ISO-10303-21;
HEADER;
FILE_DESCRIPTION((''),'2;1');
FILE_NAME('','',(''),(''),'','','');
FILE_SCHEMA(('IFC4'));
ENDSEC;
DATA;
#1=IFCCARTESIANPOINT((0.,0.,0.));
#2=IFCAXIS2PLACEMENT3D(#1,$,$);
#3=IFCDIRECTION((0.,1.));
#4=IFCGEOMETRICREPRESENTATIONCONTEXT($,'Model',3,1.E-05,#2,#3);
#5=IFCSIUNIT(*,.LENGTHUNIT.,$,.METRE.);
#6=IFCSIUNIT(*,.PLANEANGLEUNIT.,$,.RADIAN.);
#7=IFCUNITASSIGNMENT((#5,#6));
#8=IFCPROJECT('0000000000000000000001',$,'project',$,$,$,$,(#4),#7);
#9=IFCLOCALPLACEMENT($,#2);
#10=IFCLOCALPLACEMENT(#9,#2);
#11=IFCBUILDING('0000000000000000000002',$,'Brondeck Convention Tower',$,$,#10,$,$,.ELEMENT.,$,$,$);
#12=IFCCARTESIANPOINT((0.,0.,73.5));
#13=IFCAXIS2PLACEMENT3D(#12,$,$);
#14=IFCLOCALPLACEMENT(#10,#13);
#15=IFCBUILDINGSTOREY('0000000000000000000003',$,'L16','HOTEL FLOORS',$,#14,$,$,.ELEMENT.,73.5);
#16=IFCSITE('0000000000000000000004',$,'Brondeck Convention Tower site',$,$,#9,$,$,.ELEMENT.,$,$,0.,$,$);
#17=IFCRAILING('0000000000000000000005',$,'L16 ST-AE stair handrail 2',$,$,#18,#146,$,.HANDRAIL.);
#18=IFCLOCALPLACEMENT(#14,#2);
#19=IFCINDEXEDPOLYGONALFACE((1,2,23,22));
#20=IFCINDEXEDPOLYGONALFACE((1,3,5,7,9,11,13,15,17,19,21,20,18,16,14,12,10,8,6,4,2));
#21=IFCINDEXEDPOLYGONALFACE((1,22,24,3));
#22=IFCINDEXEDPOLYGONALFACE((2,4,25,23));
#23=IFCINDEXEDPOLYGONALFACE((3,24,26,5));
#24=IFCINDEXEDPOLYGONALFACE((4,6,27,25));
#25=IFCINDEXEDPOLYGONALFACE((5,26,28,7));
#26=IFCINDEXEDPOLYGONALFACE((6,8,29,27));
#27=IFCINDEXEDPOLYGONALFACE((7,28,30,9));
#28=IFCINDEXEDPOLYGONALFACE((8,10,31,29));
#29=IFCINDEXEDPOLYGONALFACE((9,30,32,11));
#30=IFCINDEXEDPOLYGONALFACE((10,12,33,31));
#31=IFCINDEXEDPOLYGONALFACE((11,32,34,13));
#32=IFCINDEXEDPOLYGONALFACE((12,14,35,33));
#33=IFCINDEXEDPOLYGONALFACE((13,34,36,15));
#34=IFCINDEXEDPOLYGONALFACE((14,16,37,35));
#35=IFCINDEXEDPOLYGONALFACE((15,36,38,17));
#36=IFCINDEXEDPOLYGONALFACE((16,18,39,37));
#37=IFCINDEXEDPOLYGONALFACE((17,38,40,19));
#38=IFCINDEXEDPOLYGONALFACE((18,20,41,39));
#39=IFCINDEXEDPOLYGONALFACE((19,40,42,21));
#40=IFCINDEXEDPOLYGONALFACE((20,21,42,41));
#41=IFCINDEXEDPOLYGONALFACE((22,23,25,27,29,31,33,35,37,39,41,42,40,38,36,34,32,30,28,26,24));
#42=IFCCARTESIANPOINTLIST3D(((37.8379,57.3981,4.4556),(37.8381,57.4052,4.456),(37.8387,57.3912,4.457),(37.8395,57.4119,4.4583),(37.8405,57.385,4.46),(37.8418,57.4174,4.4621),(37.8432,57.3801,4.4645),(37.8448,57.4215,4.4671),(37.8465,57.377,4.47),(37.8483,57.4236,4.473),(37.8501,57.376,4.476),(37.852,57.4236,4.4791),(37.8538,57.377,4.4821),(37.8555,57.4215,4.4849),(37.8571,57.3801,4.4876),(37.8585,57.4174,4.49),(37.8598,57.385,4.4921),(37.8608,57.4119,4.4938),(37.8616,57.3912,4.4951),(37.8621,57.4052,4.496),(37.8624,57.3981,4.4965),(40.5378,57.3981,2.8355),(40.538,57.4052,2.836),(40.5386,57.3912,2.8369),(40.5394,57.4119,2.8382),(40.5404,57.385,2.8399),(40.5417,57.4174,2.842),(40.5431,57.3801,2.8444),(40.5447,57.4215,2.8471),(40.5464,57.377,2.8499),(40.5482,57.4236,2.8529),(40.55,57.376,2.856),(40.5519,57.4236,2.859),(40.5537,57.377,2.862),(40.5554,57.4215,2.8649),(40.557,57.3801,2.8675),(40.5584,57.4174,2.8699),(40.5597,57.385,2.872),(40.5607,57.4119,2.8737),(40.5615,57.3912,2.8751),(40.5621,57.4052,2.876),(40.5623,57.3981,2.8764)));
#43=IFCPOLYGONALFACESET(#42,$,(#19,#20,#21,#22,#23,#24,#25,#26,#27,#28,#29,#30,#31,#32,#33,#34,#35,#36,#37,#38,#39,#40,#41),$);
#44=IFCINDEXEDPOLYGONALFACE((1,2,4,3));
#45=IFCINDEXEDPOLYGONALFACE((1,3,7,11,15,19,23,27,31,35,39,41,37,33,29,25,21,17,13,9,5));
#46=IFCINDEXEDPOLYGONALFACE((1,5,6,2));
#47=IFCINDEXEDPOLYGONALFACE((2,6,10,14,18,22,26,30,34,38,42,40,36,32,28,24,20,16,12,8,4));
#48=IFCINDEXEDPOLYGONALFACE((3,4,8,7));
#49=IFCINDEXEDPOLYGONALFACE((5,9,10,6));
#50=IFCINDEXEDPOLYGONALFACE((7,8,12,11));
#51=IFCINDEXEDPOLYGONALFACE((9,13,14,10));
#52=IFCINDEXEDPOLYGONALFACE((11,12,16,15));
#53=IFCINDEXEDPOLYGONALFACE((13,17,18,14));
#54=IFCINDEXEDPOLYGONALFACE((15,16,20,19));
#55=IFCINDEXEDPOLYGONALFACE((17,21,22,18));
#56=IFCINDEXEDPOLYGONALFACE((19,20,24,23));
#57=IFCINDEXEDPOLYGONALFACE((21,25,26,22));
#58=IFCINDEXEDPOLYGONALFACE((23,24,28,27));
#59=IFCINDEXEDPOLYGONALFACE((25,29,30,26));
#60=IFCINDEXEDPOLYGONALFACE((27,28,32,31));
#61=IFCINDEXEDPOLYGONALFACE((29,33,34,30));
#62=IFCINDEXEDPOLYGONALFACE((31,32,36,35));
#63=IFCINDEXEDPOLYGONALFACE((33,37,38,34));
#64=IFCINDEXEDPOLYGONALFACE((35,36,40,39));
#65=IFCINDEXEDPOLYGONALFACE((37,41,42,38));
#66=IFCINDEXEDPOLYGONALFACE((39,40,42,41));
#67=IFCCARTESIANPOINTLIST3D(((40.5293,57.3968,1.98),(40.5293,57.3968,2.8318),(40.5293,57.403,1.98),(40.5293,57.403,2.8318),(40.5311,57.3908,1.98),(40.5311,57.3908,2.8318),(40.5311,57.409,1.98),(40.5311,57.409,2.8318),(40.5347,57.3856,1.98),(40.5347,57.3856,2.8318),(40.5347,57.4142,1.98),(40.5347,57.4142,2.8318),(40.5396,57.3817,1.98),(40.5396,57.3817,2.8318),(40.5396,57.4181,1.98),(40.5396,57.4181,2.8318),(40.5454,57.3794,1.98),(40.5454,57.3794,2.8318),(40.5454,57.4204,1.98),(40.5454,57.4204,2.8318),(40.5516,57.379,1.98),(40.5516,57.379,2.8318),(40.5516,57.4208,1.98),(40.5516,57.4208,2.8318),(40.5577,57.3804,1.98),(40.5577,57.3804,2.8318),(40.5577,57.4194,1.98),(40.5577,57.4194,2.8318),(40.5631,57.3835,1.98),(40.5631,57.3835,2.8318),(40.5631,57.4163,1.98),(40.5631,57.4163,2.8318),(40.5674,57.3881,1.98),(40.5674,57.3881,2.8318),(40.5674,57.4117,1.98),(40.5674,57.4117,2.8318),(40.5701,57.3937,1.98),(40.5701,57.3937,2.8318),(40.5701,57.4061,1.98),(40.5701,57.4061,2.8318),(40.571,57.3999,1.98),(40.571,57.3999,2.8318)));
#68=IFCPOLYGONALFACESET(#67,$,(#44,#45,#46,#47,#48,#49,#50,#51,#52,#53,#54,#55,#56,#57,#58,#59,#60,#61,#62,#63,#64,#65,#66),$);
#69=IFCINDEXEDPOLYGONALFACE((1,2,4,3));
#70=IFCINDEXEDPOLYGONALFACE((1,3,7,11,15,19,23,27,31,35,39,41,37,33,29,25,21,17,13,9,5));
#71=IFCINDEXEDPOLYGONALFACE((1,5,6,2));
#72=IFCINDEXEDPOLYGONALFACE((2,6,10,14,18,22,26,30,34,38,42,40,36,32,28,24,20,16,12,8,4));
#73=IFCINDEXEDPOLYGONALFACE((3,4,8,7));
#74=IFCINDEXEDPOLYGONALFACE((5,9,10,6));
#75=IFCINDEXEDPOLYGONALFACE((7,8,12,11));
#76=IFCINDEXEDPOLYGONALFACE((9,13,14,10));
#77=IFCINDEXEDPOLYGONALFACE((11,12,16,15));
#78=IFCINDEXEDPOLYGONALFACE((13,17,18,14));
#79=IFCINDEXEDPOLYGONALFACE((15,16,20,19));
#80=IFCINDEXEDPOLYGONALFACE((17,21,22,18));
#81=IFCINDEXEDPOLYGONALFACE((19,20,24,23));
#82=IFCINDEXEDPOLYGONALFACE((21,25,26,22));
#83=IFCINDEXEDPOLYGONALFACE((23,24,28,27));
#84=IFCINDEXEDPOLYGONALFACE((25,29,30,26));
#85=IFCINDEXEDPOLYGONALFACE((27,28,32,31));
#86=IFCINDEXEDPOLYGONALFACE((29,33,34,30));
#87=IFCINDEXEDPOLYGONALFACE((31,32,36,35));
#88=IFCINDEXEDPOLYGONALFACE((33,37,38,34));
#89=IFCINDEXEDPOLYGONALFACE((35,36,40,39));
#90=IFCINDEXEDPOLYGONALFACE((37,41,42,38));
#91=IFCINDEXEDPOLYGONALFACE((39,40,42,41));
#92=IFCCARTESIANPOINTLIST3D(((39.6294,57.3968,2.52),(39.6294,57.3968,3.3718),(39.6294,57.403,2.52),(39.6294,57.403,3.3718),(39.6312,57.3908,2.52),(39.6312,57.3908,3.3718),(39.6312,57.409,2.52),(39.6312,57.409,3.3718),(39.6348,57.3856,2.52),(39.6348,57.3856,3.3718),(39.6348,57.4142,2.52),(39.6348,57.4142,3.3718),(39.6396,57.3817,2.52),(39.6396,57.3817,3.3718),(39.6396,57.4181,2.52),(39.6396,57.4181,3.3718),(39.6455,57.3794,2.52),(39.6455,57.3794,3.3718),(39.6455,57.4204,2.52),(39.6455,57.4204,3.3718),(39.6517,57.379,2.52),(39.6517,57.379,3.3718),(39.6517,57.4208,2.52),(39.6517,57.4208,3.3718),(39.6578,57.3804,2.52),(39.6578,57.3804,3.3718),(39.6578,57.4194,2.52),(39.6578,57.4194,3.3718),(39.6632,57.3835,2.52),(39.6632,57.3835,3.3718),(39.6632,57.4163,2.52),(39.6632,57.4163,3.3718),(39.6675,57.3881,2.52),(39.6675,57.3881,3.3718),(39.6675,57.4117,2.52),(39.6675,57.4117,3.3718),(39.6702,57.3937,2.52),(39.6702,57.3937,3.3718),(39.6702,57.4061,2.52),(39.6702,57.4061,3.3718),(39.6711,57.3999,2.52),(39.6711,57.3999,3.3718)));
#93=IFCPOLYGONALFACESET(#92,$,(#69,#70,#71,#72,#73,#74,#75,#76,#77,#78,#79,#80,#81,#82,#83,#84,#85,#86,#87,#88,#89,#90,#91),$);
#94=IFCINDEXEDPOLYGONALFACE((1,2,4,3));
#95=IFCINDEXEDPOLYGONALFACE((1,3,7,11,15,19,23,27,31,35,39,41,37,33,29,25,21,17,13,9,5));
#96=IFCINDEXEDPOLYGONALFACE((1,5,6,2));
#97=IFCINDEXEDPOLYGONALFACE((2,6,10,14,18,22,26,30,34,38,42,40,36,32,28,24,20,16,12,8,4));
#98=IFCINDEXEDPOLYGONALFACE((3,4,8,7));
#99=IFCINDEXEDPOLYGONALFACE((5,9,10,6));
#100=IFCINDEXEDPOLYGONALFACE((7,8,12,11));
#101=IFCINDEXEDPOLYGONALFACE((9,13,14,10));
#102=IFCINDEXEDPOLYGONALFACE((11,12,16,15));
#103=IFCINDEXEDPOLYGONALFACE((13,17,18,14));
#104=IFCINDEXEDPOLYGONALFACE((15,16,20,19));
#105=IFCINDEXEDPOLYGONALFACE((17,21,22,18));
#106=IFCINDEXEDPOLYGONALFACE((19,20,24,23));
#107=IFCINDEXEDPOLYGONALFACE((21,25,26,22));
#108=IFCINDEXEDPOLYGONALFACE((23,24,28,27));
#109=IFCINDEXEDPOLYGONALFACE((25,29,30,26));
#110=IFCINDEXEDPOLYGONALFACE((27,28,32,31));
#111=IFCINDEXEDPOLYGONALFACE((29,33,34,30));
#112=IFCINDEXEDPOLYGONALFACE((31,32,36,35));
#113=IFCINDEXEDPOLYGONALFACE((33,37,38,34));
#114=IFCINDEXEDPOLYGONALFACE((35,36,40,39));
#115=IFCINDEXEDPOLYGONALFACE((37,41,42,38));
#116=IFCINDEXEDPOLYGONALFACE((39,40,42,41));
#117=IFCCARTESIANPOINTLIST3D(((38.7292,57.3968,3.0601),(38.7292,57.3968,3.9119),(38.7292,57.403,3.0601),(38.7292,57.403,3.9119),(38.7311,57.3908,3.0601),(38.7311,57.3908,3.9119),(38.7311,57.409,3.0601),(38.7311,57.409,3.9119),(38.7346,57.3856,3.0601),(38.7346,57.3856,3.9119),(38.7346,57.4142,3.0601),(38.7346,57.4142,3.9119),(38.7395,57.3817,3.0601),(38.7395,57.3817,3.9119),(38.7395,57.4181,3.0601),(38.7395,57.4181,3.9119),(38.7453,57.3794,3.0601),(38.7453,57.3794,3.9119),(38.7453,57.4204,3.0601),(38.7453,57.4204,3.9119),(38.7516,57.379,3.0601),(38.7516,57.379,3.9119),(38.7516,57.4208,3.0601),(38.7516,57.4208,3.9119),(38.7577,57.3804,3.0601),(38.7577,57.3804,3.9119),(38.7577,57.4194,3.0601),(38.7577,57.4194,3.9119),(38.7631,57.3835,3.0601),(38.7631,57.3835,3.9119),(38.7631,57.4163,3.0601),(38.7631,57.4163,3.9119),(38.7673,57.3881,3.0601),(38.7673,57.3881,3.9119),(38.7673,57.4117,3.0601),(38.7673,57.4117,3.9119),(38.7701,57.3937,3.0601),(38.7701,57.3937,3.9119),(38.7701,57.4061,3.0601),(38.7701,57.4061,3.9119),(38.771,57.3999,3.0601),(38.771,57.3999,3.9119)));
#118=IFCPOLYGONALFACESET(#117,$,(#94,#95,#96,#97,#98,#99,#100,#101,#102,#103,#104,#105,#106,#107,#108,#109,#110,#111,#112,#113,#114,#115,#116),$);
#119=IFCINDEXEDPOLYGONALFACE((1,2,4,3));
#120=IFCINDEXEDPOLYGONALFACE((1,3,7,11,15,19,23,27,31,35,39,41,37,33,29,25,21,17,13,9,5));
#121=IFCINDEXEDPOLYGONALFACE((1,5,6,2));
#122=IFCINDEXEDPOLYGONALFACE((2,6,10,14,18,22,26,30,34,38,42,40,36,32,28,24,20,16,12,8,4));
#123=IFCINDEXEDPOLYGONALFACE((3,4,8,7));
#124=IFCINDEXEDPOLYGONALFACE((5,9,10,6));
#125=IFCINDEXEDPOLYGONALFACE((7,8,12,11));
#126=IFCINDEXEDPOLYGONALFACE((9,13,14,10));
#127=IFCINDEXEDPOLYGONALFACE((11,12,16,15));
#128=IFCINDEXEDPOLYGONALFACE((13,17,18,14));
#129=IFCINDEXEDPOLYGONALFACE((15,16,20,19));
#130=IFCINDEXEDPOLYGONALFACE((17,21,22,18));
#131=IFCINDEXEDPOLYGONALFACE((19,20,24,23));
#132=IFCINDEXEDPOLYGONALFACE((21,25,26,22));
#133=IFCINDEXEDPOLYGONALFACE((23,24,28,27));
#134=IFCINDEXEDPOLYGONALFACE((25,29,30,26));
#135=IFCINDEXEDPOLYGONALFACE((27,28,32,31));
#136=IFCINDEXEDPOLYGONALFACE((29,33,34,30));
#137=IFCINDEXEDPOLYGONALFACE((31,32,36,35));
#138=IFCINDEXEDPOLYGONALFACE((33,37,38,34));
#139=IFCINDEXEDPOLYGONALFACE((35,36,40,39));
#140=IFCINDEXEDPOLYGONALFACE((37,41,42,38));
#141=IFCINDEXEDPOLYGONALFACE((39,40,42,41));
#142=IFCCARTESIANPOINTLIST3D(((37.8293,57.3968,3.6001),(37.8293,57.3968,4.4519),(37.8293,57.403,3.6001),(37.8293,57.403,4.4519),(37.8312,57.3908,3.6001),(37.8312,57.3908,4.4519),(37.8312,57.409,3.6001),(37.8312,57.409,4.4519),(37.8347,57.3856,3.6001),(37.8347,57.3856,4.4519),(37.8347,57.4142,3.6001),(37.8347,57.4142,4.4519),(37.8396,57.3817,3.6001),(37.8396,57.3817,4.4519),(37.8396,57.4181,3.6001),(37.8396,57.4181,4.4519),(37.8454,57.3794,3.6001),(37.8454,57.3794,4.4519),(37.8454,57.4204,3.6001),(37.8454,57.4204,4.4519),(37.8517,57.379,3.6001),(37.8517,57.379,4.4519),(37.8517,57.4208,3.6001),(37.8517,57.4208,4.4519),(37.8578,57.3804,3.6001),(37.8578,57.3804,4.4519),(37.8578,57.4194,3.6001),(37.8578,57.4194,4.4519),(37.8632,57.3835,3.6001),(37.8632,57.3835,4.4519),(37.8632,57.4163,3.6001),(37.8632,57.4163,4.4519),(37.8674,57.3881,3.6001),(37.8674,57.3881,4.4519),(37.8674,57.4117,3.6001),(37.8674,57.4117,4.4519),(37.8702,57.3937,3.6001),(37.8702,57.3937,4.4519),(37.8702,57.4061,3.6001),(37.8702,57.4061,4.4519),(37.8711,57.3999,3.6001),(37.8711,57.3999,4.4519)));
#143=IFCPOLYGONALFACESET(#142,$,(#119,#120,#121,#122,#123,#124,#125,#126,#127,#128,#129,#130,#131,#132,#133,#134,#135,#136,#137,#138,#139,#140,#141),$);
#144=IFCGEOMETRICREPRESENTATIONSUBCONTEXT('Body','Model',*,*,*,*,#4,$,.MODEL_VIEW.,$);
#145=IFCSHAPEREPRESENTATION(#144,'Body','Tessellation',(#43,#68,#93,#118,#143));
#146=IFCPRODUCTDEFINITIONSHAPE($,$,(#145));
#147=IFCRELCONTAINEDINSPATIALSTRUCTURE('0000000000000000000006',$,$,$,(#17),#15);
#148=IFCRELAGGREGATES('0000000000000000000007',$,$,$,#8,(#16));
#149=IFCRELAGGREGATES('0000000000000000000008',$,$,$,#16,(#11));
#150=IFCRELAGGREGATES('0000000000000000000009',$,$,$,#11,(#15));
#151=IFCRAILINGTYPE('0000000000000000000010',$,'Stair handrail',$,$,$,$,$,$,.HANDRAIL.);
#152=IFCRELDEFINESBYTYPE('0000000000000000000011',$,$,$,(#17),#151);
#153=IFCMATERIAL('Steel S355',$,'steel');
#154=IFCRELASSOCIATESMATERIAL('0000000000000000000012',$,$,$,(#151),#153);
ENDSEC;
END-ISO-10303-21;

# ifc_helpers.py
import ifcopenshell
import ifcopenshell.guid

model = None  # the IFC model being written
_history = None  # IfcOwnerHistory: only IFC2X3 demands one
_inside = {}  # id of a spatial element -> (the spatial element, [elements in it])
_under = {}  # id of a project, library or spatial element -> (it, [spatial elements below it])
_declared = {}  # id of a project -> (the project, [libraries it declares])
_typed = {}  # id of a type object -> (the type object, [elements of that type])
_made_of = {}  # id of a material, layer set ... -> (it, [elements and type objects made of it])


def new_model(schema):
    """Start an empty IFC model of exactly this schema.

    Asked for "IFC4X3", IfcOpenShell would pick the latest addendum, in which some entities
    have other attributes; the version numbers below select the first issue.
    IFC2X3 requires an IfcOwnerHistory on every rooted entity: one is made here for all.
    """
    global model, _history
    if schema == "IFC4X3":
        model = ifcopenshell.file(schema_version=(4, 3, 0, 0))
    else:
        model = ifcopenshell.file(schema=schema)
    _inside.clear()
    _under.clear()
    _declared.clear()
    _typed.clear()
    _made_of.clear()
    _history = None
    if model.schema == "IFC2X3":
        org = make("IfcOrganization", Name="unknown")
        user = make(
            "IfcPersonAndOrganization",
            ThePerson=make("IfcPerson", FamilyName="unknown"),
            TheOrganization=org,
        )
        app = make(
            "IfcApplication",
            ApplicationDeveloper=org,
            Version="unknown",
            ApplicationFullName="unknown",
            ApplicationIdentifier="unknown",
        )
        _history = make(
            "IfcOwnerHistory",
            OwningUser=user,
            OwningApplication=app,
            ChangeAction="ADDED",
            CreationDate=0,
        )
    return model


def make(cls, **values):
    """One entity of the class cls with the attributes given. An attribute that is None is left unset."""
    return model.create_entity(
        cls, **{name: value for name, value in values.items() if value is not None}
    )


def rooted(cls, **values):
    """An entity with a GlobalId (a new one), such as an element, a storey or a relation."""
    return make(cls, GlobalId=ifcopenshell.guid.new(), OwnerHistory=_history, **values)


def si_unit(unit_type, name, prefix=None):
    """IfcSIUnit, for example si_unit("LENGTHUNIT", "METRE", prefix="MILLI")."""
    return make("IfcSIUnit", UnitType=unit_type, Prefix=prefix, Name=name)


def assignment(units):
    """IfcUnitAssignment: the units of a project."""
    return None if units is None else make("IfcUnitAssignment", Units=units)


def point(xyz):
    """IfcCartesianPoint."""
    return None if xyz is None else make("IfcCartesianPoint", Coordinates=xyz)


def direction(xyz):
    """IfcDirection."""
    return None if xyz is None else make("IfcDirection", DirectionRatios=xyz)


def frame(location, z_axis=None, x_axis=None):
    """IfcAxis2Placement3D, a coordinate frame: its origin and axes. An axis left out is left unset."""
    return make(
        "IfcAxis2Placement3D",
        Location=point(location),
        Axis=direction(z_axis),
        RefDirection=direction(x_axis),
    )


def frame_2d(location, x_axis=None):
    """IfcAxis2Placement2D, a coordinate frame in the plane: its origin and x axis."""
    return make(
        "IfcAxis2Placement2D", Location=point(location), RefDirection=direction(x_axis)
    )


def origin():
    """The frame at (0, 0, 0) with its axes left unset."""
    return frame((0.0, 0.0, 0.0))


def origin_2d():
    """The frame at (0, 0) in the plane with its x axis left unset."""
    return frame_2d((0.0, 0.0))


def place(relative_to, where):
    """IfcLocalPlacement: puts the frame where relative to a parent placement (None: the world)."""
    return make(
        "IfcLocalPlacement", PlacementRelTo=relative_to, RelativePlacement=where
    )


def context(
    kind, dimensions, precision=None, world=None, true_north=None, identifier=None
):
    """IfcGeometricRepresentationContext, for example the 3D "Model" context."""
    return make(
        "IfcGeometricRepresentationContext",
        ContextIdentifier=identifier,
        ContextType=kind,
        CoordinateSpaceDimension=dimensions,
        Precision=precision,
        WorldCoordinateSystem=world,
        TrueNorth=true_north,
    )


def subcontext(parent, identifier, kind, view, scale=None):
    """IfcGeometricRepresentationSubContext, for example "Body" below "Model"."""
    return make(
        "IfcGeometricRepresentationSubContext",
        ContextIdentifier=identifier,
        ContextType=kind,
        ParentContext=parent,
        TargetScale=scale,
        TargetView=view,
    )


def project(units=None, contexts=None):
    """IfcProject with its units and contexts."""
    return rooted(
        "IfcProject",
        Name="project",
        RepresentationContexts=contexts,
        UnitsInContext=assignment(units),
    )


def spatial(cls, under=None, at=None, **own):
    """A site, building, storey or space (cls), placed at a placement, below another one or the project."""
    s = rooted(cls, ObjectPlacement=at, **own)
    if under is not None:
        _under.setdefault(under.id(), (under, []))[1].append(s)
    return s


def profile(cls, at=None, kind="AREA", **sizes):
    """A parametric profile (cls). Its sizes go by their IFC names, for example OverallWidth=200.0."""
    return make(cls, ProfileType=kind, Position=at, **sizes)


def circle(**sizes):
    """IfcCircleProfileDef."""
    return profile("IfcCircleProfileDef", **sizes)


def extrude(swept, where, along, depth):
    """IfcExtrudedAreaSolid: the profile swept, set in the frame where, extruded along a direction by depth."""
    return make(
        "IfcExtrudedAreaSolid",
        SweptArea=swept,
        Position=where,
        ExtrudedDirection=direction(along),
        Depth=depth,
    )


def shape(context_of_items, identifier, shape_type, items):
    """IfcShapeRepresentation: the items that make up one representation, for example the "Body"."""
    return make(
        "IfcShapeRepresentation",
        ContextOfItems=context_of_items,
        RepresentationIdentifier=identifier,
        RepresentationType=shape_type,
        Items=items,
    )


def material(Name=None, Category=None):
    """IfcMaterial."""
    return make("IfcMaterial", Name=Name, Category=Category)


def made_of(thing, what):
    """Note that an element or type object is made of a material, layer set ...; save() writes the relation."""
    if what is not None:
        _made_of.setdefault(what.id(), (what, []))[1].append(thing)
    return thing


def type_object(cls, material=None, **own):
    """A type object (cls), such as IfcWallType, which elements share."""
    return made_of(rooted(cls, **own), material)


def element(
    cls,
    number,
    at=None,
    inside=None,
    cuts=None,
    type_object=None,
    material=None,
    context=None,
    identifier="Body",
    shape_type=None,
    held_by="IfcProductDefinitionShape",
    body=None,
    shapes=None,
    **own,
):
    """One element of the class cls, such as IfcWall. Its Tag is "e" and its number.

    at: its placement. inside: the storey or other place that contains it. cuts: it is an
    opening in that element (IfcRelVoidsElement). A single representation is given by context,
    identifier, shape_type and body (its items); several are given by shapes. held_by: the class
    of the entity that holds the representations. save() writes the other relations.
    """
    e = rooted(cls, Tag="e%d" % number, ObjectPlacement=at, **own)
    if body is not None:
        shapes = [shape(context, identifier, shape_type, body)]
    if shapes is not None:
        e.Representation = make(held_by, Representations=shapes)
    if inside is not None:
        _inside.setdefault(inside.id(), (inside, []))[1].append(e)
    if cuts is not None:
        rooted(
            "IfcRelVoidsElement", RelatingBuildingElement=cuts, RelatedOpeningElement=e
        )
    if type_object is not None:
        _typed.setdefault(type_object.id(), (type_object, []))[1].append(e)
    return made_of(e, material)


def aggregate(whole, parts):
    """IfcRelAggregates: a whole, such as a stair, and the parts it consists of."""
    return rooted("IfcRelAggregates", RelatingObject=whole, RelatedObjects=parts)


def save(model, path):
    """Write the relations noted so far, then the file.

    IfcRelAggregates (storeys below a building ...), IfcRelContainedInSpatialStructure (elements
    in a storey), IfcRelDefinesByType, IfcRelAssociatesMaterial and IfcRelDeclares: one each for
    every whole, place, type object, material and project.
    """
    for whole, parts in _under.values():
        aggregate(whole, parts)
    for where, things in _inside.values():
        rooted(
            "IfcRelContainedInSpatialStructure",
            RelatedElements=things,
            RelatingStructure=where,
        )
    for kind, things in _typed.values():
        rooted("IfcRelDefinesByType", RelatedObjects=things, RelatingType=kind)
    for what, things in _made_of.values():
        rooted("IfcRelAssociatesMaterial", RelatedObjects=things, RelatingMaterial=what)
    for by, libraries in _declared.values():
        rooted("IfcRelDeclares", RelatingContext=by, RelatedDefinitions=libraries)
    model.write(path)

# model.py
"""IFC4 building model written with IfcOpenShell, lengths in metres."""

from ifc_helpers import new_model, si_unit, direction, frame, origin, origin_2d, place, context, subcontext, project, spatial, circle, extrude, material, type_object, element, save


model = new_model("IFC4")

# Units and contexts
model_context = context("Model", 3, precision=1e-05, world=origin(), true_north=direction((0.0, 1.0)))
body_context = subcontext(model_context, "Body", "Model", "MODEL_VIEW")
ifc_project = project(units=[si_unit("LENGTHUNIT", "METRE"), si_unit("PLANEANGLEUNIT", "RADIAN")], contexts=[model_context])

# Site, building, storey
site_placement = place(None, origin())
site = spatial("IfcSite", under=ifc_project, at=site_placement, Name="Brondeck Convention Tower site", CompositionType="ELEMENT", RefElevation=0.0)
building_placement = place(site_placement, origin())
building = spatial("IfcBuilding", under=site, at=building_placement, Name="Brondeck Convention Tower", CompositionType="ELEMENT")
storey_placement = place(building_placement, frame((0.0, 0.0, 73.5)))
storey = spatial("IfcBuildingStorey", under=building, at=storey_placement, Name="L16", Description="HOTEL FLOORS", CompositionType="ELEMENT", Elevation=73.5)

# Shared definitions
ifc_material_1 = material(Name="Steel S355", Category="steel")

# Railing
railing_type_1 = type_object("IfcRailingType", Name="Stair handrail", PredefinedType="HANDRAIL", material=ifc_material_1)
railing_1_placement = place(storey_placement, frame((40.55, 57.3999, 1.98)))
element("IfcRailing", 1, at=railing_1_placement, inside=storey, type_object=railing_type_1, Name="L16 ST-AE stair handrail 2", PredefinedType="HANDRAIL", context=body_context, shape_type="SweptSolid", body=[
    extrude(circle(Radius=0.0239, at=origin_2d()), frame((0.0, 0.0, 0.876), z_axis=(-0.857472, 0.0, 0.51453), x_axis=(0.0, -1.0, 0.0)), (0.0, 0.0, 1.0), 3.1487),
    extrude(circle(Radius=0.021, at=origin_2d()), origin(), (0.0, 0.0, 1.0), 0.8518),
    extrude(circle(Radius=0.021, at=origin_2d()), frame((-0.8999, 0.0, 0.54)), (0.0, 0.0, 1.0), 0.8518),
    extrude(circle(Radius=0.021, at=origin_2d()), frame((-1.8, 0.0, 1.0801)), (0.0, 0.0, 1.0), 0.8518),
    extrude(circle(Radius=0.021, at=origin_2d()), frame((-2.7, 0.0, 1.6201)), (0.0, 0.0, 1.0), 0.8518),
])

save(model, "model.ifc")
